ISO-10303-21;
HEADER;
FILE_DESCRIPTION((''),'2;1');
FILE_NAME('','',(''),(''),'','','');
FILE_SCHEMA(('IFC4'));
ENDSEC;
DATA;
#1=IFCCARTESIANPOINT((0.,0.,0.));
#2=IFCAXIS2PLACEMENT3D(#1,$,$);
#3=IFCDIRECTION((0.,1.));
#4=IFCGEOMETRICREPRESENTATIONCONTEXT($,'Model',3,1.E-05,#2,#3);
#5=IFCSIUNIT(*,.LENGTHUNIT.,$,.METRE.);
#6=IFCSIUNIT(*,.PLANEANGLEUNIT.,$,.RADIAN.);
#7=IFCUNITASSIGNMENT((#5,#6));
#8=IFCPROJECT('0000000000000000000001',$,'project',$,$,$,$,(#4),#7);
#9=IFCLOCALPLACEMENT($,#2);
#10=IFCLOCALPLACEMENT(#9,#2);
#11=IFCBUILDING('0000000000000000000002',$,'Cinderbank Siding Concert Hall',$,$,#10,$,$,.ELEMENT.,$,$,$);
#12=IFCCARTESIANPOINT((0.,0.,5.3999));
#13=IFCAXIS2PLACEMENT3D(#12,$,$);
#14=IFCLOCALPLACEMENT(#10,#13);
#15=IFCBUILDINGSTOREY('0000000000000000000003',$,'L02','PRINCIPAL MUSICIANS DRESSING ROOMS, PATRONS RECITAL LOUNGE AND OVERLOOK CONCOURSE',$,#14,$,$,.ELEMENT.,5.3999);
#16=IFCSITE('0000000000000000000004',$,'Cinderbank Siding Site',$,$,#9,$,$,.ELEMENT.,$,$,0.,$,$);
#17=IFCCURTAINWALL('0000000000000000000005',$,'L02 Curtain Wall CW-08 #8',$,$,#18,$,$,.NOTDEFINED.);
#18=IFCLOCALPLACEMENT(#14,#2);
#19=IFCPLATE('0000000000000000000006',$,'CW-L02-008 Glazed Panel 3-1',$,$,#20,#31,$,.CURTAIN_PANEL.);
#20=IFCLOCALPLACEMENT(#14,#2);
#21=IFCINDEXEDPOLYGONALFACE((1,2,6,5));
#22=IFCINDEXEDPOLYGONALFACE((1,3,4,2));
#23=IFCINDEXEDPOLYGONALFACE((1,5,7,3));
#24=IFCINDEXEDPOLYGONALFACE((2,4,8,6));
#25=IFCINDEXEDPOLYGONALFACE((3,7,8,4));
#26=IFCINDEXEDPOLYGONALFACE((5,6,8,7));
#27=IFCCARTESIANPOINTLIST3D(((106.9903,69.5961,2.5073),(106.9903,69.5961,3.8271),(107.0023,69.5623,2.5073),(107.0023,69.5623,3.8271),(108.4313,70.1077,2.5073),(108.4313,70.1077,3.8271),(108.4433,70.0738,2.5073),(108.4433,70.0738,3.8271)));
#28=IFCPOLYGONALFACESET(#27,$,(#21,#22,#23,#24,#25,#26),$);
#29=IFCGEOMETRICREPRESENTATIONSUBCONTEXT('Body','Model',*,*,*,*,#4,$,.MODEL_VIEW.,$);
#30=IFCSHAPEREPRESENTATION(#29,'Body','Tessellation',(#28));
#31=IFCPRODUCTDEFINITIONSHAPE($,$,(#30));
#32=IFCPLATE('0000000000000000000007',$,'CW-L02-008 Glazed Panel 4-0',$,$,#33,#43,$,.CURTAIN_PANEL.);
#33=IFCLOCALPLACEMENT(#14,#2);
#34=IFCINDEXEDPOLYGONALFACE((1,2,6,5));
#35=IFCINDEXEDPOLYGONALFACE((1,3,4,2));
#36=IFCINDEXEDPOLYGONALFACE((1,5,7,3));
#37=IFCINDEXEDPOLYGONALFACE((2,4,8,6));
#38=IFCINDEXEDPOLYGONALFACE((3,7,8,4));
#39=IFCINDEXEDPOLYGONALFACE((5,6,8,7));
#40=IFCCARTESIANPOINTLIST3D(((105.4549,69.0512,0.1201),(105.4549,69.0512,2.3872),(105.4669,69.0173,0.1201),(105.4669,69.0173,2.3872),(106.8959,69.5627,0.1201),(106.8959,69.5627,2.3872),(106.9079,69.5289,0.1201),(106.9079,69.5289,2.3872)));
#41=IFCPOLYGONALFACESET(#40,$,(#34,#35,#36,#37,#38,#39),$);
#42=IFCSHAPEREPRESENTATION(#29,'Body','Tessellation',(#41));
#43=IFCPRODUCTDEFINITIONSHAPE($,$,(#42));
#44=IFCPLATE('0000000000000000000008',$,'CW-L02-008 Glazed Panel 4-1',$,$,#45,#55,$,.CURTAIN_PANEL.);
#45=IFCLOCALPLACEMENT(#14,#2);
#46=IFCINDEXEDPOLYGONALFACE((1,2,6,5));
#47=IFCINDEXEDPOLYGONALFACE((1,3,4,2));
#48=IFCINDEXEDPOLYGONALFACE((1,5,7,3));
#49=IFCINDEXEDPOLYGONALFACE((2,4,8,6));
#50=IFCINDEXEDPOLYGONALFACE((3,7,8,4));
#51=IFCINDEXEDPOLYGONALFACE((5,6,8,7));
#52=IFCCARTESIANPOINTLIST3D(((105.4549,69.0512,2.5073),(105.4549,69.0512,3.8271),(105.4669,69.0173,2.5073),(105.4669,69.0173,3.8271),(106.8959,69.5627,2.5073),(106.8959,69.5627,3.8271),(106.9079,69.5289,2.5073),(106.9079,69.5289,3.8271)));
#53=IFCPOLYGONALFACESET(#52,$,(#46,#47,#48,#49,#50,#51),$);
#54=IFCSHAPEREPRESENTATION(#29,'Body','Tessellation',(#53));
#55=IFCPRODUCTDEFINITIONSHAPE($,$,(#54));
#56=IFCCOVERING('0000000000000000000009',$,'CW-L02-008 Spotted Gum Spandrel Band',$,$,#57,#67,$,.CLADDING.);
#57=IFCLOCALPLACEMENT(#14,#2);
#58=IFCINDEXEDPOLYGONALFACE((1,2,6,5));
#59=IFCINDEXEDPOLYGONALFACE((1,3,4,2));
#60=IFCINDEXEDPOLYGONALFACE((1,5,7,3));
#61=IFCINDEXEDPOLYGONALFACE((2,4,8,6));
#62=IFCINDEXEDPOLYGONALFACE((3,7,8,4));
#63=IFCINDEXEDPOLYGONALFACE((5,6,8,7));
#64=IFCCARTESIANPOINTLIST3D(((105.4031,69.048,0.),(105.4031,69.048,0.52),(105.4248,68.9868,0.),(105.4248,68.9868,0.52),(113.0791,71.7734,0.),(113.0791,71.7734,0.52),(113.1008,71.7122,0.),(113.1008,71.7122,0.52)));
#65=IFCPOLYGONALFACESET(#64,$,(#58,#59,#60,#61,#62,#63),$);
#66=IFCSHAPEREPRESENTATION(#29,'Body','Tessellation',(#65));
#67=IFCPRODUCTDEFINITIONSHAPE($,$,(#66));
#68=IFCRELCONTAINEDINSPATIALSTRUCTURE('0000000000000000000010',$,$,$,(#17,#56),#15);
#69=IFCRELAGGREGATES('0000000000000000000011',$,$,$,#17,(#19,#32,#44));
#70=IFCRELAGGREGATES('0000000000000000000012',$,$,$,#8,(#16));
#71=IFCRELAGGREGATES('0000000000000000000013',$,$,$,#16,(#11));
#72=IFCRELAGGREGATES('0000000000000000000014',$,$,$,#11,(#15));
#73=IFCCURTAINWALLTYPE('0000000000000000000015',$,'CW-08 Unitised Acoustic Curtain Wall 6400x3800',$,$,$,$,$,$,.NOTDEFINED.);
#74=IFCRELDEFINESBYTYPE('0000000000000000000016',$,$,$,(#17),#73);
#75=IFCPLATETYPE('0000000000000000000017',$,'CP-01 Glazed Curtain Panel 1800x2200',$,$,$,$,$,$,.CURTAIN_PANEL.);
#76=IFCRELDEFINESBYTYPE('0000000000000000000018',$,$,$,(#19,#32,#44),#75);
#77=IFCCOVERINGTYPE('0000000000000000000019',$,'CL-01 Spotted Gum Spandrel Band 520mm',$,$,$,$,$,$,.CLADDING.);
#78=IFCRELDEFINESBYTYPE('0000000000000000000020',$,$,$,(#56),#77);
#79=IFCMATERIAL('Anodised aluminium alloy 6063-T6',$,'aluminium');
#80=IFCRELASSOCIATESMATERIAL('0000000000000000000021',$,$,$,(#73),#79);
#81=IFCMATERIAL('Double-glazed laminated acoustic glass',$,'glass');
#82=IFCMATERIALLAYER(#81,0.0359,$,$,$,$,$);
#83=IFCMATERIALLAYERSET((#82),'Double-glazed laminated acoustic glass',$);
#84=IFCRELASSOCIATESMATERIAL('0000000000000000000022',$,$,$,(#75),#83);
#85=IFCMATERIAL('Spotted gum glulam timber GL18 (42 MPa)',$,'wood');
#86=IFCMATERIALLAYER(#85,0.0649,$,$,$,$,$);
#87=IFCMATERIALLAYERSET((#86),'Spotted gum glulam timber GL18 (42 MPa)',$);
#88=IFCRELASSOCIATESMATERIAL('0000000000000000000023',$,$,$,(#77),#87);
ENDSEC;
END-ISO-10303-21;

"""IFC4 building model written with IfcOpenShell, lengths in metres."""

from ifc_helpers import new_model, si_unit, direction, frame, origin, origin_2d, place, context, subcontext, project, spatial, rectangle, extrude, material, layer, layer_set, type_object, element, aggregate, save


model = new_model("IFC4")

# Units and contexts
model_context = context("Model", 3, precision=1e-05, world=origin(), true_north=direction((0.0, 1.0)))
body_context = subcontext(model_context, "Body", "Model", "MODEL_VIEW")
ifc_project = project(units=[si_unit("LENGTHUNIT", "METRE"), si_unit("PLANEANGLEUNIT", "RADIAN")], contexts=[model_context])

# Site, building, storey
site_placement = place(None, origin())
site = spatial("IfcSite", under=ifc_project, at=site_placement, Name="Cinderbank Siding Site", CompositionType="ELEMENT", RefElevation=0.0)
building_placement = place(site_placement, origin())
building = spatial("IfcBuilding", under=site, at=building_placement, Name="Cinderbank Siding Concert Hall", CompositionType="ELEMENT")
storey_placement = place(building_placement, frame((0.0, 0.0, 5.3999)))
storey = spatial("IfcBuildingStorey", under=building, at=storey_placement, Name="L02", Description="PRINCIPAL MUSICIANS DRESSING ROOMS, PATRONS RECITAL LOUNGE AND OVERLOOK CONCOURSE", CompositionType="ELEMENT", Elevation=5.3999)

# Curtain wall
ifc_material_1 = material(Name="Anodised aluminium alloy 6063-T6", Category="aluminium")
curtain_wall_type = type_object("IfcCurtainWallType", Name="CW-08 Unitised Acoustic Curtain Wall 6400x3800", PredefinedType="NOTDEFINED", material=ifc_material_1)
curtain_wall_placement = place(storey_placement, origin())
curtain_wall = element("IfcCurtainWall", 1, at=curtain_wall_placement, inside=storey, type_object=curtain_wall_type, Name="L02 Curtain Wall CW-08 #8", PredefinedType="NOTDEFINED")

# Shared definitions
ifc_material_2 = material(Name="Spotted gum glulam timber GL18 (42 MPa)", Category="wood")

# Plates
ifc_material_3 = material(Name="Double-glazed laminated acoustic glass", Category="glass")
ifc_layer_1 = layer(ifc_material_3, 0.0359)
ifc_layer_set_1 = layer_set([ifc_layer_1], Name="Double-glazed laminated acoustic glass")
plate_type = type_object("IfcPlateType", Name="CP-01 Glazed Curtain Panel 1800x2200", PredefinedType="CURTAIN_PANEL", material=ifc_layer_set_1)
plate_1_placement = place(storey_placement, frame((107.7168, 69.835, 2.5073), z_axis=(0.0, 0.0, 1.0), x_axis=(-0.942366, -0.334585, 0.0)))
plate_1 = element("IfcPlate", 2, at=plate_1_placement, type_object=plate_type, Name="CW-L02-008 Glazed Panel 3-1", PredefinedType="CURTAIN_PANEL", context=body_context, shape_type="SweptSolid", body=[
    extrude(rectangle(XDim=1.5291, YDim=0.0359, at=origin_2d()), origin(), (0.0, 0.0, 1.0), 1.3198),
])
plate_2_placement = place(storey_placement, frame((106.1814, 69.29, 0.1201), z_axis=(0.0, 0.0, 1.0), x_axis=(-0.942366, -0.334585, 0.0)))
plate_2 = element("IfcPlate", 3, at=plate_2_placement, type_object=plate_type, Name="CW-L02-008 Glazed Panel 4-0", PredefinedType="CURTAIN_PANEL", context=body_context, shape_type="SweptSolid", body=[
    extrude(rectangle(XDim=1.5291, YDim=0.0359, at=origin_2d()), origin(), (0.0, 0.0, 1.0), 2.2671),
])
plate_3_placement = place(storey_placement, frame((106.1814, 69.29, 2.5073), z_axis=(0.0, 0.0, 1.0), x_axis=(-0.942366, -0.334585, 0.0)))
plate_3 = element("IfcPlate", 4, at=plate_3_placement, type_object=plate_type, Name="CW-L02-008 Glazed Panel 4-1", PredefinedType="CURTAIN_PANEL", context=body_context, shape_type="SweptSolid", body=[
    extrude(rectangle(XDim=1.5291, YDim=0.0359, at=origin_2d()), origin(), (0.0, 0.0, 1.0), 1.3198),
])
aggregate(curtain_wall, [plate_1, plate_2, plate_3])

# Covering
ifc_layer_2 = layer(ifc_material_2, 0.0649)
ifc_layer_set_2 = layer_set([ifc_layer_2], Name="Spotted gum glulam timber GL18 (42 MPa)")
covering_type = type_object("IfcCoveringType", Name="CL-01 Spotted Gum Spandrel Band 520mm", PredefinedType="CLADDING", material=ifc_layer_set_2)
covering_placement = place(storey_placement, frame((109.252, 70.3801, 0.0), z_axis=(0.0, 0.0, 1.0), x_axis=(-0.942366, -0.334585, 0.0)))
element("IfcCovering", 5, at=covering_placement, inside=storey, type_object=covering_type, Name="CW-L02-008 Spotted Gum Spandrel Band", PredefinedType="CLADDING", context=body_context, shape_type="SweptSolid", body=[
    extrude(rectangle(XDim=8.1455, YDim=0.0649, at=origin_2d()), origin(), (0.0, 0.0, 1.0), 0.52),
])

save(model, "model.ifc")
